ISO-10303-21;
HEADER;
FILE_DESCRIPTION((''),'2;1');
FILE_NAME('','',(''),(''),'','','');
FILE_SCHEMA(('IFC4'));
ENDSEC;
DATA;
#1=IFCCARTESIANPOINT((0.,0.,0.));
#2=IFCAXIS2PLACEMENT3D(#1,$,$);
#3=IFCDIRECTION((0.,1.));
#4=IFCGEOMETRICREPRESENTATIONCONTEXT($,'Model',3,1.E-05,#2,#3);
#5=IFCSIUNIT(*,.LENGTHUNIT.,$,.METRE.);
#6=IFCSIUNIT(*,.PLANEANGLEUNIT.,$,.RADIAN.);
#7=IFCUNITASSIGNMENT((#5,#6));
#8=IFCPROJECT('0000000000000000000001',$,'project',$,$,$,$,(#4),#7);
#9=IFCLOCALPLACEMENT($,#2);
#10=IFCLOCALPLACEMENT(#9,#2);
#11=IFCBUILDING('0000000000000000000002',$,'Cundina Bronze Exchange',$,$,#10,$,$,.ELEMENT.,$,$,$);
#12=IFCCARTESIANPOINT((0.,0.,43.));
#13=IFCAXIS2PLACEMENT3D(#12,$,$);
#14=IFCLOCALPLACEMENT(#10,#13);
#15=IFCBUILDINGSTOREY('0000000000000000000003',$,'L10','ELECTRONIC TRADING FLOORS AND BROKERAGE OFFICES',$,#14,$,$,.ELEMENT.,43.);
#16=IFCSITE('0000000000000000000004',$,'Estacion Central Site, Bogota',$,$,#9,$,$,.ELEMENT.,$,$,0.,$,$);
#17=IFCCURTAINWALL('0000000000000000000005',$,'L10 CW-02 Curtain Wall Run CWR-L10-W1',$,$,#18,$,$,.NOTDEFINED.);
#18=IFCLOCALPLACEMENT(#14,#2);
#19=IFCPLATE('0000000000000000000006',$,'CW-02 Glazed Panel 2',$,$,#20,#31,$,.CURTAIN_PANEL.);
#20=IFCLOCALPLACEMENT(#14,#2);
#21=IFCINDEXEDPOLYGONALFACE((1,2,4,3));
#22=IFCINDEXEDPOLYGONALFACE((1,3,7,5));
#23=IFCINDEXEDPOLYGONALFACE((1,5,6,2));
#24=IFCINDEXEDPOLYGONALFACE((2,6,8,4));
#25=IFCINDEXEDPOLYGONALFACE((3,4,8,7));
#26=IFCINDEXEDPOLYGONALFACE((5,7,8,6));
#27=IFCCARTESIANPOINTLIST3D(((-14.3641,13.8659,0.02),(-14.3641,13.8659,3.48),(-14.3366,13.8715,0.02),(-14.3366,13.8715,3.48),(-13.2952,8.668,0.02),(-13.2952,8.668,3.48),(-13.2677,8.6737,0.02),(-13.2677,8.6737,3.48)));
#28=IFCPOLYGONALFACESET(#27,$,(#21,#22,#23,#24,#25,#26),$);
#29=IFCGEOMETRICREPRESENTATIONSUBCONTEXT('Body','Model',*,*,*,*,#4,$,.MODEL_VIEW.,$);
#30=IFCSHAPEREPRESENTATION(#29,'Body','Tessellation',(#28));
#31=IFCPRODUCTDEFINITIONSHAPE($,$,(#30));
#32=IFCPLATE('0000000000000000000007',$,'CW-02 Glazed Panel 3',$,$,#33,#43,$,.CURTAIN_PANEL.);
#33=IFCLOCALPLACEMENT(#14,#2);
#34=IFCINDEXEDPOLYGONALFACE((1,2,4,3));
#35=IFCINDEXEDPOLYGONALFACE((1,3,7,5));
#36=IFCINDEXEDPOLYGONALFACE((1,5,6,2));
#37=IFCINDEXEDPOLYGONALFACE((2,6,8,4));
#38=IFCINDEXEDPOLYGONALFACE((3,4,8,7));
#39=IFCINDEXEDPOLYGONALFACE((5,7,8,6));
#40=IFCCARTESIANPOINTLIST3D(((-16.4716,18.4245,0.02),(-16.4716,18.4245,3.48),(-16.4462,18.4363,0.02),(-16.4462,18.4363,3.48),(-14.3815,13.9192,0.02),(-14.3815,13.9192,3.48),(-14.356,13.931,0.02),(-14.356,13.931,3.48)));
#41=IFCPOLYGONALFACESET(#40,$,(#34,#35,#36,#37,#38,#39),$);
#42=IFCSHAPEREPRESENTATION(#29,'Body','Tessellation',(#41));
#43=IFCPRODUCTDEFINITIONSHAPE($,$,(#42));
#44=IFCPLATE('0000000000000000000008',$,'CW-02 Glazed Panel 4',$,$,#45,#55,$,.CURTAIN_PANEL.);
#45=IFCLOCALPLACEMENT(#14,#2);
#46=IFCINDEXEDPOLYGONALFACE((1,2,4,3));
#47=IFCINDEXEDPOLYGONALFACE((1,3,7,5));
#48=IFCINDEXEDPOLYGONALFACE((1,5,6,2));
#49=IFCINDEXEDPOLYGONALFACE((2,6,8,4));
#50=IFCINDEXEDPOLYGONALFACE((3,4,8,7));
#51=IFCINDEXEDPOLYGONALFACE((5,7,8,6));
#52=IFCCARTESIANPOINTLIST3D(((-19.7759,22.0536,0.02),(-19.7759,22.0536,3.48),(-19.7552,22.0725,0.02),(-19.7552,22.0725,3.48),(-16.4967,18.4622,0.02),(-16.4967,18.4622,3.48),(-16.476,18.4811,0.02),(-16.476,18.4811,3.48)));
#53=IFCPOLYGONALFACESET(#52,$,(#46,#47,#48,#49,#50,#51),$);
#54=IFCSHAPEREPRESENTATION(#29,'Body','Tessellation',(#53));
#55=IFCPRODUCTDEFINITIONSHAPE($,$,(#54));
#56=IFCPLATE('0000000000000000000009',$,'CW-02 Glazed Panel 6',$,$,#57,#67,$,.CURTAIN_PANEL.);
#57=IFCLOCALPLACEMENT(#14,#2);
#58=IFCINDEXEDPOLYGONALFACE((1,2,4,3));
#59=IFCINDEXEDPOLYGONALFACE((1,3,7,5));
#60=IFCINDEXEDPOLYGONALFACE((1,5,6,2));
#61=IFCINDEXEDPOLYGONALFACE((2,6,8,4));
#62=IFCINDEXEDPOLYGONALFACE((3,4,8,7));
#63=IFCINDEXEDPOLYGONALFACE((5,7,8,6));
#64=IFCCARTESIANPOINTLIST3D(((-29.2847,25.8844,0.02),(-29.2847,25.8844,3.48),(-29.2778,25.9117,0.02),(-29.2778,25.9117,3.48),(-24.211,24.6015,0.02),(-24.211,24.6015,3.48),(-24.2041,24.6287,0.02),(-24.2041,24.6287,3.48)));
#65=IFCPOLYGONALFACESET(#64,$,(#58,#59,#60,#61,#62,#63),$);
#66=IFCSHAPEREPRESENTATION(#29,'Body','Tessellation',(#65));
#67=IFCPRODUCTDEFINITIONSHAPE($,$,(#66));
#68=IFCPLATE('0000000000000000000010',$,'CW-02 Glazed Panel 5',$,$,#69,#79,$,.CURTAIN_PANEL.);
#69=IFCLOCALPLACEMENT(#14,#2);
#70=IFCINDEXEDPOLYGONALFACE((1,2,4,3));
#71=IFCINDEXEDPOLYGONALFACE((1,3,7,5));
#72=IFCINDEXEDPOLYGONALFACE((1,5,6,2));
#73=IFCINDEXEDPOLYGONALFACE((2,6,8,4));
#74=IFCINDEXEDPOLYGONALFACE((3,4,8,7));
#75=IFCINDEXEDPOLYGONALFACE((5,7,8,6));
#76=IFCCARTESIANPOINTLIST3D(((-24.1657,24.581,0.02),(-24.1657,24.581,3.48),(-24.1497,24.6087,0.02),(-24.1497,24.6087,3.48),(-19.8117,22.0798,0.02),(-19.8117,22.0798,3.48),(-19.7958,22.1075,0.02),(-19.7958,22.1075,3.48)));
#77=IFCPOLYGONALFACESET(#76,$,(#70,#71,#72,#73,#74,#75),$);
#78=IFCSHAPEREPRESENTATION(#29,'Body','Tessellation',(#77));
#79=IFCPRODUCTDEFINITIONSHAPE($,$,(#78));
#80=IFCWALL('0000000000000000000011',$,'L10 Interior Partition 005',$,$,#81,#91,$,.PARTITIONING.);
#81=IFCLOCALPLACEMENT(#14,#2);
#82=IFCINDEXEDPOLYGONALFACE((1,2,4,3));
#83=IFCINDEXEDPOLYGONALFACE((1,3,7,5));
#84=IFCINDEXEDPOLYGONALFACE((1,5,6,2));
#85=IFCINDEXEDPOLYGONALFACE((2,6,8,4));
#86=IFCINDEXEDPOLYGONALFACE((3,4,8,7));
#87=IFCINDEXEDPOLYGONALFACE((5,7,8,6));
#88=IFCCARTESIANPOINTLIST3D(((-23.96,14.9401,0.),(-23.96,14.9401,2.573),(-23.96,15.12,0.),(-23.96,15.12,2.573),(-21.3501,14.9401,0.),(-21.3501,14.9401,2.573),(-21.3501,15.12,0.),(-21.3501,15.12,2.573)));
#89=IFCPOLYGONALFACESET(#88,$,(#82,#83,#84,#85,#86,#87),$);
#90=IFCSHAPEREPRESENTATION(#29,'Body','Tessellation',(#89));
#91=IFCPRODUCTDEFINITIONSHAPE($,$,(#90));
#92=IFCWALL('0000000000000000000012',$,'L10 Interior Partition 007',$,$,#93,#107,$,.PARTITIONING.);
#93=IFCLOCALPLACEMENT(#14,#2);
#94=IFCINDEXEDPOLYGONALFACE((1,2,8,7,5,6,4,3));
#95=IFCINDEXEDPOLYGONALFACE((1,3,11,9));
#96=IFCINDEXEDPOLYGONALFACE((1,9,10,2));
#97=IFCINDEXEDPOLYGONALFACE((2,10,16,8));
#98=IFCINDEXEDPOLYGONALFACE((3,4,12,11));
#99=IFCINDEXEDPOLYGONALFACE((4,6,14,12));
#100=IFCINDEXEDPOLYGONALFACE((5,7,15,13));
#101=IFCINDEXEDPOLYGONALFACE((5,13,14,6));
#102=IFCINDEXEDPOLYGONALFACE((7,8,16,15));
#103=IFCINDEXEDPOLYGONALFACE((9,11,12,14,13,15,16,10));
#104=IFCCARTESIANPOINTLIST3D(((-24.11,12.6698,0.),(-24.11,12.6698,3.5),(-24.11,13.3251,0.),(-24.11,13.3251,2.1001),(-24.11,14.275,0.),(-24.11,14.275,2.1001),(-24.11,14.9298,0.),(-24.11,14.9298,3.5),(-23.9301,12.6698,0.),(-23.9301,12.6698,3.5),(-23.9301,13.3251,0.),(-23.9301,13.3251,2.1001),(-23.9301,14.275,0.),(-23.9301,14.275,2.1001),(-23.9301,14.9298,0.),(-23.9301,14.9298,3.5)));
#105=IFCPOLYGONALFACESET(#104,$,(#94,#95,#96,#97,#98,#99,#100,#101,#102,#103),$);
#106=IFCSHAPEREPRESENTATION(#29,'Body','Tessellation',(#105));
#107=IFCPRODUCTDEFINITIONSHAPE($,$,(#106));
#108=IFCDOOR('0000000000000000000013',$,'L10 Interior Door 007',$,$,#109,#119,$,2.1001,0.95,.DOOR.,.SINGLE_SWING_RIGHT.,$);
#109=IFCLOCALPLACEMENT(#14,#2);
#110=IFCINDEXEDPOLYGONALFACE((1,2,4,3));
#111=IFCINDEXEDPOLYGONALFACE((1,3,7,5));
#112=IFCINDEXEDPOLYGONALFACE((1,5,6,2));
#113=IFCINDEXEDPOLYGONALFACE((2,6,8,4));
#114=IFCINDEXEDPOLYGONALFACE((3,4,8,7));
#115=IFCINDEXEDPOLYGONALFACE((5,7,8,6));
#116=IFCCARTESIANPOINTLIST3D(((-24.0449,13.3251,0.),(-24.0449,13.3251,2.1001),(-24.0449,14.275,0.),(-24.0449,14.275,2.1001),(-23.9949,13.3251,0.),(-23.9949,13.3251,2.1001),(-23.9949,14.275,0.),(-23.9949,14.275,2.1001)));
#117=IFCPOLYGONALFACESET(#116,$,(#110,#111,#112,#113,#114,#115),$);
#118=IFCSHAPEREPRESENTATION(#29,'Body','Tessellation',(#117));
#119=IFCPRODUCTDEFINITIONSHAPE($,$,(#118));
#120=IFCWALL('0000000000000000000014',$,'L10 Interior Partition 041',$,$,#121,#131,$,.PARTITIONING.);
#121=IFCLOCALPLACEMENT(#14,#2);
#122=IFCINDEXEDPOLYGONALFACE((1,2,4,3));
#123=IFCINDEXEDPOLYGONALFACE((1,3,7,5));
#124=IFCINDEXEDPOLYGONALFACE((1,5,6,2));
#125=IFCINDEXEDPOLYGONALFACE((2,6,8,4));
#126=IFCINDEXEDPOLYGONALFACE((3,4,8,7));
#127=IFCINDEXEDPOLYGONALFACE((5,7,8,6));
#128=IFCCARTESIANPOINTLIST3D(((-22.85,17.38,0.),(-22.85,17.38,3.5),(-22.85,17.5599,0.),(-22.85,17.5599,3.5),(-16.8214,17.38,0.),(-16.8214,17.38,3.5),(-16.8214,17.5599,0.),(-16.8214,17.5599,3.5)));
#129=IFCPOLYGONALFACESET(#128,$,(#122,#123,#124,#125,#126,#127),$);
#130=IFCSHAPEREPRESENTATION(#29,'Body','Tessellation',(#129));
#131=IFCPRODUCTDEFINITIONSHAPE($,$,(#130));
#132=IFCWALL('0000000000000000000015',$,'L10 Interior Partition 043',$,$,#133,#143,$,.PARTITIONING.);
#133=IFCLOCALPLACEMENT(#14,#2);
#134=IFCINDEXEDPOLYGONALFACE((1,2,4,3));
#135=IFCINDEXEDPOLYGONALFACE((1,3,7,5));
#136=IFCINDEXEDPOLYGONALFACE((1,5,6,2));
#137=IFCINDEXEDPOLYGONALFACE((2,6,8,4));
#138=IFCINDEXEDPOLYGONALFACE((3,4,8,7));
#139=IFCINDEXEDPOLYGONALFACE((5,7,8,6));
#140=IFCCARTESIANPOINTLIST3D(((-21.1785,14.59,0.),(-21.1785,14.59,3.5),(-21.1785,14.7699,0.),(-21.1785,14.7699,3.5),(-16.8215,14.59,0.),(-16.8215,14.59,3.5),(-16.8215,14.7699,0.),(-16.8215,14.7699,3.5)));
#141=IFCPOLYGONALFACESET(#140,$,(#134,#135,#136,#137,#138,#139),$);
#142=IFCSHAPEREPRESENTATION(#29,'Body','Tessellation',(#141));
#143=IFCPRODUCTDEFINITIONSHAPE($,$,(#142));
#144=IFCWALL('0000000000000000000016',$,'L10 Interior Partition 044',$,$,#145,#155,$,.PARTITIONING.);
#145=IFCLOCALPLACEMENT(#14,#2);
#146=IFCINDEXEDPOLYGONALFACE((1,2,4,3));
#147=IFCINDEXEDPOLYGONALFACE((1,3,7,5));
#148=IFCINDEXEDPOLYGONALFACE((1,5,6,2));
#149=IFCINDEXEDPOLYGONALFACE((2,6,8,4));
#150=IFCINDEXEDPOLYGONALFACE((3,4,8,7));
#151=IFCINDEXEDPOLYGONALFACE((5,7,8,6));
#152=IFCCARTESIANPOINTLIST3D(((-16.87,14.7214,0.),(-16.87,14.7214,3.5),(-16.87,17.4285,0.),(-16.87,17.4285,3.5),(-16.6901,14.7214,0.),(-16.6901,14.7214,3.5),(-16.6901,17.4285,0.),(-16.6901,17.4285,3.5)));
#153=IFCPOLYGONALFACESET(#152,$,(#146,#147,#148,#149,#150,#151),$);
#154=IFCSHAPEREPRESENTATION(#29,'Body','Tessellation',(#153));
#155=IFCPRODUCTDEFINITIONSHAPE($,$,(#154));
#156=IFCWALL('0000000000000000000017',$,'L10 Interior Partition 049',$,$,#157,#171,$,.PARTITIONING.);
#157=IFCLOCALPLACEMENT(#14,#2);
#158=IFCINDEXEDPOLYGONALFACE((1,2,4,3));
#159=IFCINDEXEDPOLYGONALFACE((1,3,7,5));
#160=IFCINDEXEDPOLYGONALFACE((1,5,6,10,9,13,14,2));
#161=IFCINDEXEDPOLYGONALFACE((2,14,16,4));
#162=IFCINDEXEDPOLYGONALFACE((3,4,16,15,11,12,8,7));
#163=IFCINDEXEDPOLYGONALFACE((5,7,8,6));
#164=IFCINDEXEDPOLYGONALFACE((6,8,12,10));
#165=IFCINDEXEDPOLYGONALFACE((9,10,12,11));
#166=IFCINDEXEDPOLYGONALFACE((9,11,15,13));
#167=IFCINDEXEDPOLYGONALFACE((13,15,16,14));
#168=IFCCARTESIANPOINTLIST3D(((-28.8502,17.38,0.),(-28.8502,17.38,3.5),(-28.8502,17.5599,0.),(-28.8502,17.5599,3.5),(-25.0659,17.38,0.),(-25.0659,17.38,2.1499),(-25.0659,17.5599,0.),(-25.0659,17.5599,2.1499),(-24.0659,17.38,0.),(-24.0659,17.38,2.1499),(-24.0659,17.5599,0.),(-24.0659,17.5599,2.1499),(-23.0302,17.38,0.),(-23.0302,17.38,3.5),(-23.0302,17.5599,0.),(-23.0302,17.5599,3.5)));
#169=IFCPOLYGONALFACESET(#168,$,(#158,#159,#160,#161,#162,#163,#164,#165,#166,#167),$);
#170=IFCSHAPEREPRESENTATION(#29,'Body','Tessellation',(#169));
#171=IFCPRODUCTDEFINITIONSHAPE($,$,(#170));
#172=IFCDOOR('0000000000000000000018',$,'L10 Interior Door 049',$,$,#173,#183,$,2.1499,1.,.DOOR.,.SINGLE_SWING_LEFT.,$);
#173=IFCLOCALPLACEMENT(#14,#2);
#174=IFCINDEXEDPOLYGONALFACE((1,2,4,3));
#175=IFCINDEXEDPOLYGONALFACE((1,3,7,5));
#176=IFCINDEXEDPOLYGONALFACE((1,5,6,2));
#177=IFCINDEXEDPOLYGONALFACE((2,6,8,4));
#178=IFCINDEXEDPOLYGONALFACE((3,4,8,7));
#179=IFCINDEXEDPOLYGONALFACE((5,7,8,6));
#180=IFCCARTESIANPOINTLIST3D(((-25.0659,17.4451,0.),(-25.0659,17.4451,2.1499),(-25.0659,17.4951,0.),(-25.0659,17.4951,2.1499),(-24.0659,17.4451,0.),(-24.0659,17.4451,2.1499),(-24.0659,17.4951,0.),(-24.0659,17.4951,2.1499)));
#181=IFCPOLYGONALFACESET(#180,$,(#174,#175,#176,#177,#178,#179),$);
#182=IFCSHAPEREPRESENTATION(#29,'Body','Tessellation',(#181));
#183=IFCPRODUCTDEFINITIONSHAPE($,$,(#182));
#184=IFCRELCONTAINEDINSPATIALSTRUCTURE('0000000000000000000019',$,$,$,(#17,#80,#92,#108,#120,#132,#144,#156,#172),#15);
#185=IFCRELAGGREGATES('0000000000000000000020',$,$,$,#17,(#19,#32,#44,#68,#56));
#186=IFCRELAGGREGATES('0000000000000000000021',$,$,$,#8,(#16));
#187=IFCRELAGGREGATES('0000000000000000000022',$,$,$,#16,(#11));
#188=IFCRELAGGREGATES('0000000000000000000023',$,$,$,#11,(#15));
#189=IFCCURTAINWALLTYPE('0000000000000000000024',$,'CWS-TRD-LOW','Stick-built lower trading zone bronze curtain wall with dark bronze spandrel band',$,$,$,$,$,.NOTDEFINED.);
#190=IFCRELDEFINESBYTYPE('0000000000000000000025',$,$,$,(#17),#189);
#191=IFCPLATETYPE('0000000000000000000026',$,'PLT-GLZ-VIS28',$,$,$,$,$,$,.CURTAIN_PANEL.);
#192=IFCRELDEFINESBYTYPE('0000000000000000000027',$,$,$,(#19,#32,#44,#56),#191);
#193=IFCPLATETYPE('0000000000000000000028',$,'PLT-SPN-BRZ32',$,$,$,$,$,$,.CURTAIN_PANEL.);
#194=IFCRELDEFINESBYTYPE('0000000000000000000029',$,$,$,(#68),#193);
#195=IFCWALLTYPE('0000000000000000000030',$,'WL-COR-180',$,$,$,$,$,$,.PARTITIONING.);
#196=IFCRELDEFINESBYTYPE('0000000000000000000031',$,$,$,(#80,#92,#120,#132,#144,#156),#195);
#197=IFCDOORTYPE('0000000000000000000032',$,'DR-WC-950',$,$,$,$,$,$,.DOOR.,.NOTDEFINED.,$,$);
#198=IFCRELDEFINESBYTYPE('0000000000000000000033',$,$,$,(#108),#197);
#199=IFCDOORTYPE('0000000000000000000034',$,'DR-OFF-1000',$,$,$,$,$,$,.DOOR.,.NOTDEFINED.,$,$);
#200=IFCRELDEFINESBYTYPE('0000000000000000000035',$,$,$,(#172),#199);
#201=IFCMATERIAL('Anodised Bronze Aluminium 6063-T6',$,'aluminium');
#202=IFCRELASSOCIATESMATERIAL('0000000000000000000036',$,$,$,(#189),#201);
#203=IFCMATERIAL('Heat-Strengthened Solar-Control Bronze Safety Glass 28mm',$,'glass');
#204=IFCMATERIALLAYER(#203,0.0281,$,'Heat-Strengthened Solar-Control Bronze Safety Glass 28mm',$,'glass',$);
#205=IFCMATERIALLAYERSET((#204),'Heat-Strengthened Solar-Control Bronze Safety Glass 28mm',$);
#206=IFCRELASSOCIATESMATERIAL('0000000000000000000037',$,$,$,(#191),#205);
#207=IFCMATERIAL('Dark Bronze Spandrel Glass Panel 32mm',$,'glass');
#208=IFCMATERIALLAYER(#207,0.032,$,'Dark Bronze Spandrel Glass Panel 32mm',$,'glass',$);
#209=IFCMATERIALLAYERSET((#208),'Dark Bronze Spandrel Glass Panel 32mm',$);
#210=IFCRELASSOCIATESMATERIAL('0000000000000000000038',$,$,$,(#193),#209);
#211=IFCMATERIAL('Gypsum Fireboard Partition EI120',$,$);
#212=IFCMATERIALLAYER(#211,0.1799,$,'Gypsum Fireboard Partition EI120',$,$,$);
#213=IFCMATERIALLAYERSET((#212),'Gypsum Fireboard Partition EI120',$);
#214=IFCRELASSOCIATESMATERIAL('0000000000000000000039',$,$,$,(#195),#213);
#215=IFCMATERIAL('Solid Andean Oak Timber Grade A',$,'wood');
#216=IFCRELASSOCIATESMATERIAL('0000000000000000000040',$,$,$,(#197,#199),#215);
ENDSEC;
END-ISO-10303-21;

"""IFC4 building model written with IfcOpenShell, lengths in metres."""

from ifc_helpers import new_model, si_unit, direction, frame, frame_2d, origin, origin_2d, place, context, subcontext, project, spatial, rectangle, extrude, material, layer, layer_set, type_object, element, fill, aggregate, save


model = new_model("IFC4")

# Units and contexts
model_context = context("Model", 3, precision=1e-05, world=origin(), true_north=direction((0.0, 1.0)))
body_context = subcontext(model_context, "Body", "Model", "MODEL_VIEW")
ifc_project = project(units=[si_unit("LENGTHUNIT", "METRE"), si_unit("PLANEANGLEUNIT", "RADIAN")], contexts=[model_context])

# Site, building, storey
site_placement = place(None, origin())
site = spatial("IfcSite", under=ifc_project, at=site_placement, Name="Estacion Central Site, Bogota", CompositionType="ELEMENT", RefElevation=0.0)
building_placement = place(site_placement, origin())
building = spatial("IfcBuilding", under=site, at=building_placement, Name="Cundina Bronze Exchange", CompositionType="ELEMENT")
storey_placement = place(building_placement, frame((0.0, 0.0, 43.0)))
storey = spatial("IfcBuildingStorey", under=building, at=storey_placement, Name="L10", Description="ELECTRONIC TRADING FLOORS AND BROKERAGE OFFICES", CompositionType="ELEMENT", Elevation=43.0)

# Curtain wall, plates
ifc_material_1 = material(Name="Anodised Bronze Aluminium 6063-T6", Category="aluminium")
curtain_wall_type = type_object("IfcCurtainWallType", Name="CWS-TRD-LOW", Description="Stick-built lower trading zone bronze curtain wall with dark bronze spandrel band", PredefinedType="NOTDEFINED", material=ifc_material_1)
curtain_wall_placement = place(storey_placement, origin())
curtain_wall = element("IfcCurtainWall", 1, at=curtain_wall_placement, inside=storey, type_object=curtain_wall_type, Name="L10 CW-02 Curtain Wall Run CWR-L10-W1", PredefinedType="NOTDEFINED")
ifc_material_2 = material(Name="Heat-Strengthened Solar-Control Bronze Safety Glass 28mm", Category="glass")
ifc_layer_1 = layer(ifc_material_2, 0.0281, Name="Heat-Strengthened Solar-Control Bronze Safety Glass 28mm", Category="glass")
ifc_layer_set_1 = layer_set([ifc_layer_1], Name="Heat-Strengthened Solar-Control Bronze Safety Glass 28mm")
plate_type_1 = type_object("IfcPlateType", Name="PLT-GLZ-VIS28", PredefinedType="CURTAIN_PANEL", material=ifc_layer_set_1)
plate_1_placement = place(storey_placement, frame((-13.8159, 11.2698, 0.02), z_axis=(0.0, 0.0, 1.0), x_axis=(-0.20142, 0.979505, 0.0)))
plate_1 = element("IfcPlate", 2, at=plate_1_placement, type_object=plate_type_1, Name="CW-02 Glazed Panel 2", PredefinedType="CURTAIN_PANEL", context=body_context, shape_type="SweptSolid", body=[
    extrude(rectangle(XDim=5.3066, YDim=0.0281, at=origin_2d()), origin(), (0.0, 0.0, 1.0), 3.46),
])
plate_2_placement = place(storey_placement, frame((-15.4138, 16.1777, 0.02), z_axis=(0.0, 0.0, 1.0), x_axis=(-0.420846, 0.907132, 0.0)))
plate_2 = element("IfcPlate", 3, at=plate_2_placement, type_object=plate_type_1, Name="CW-02 Glazed Panel 3", PredefinedType="CURTAIN_PANEL", context=body_context, shape_type="SweptSolid", body=[
    extrude(rectangle(XDim=4.9666, YDim=0.0281, at=origin_2d()), origin(), (0.0, 0.0, 1.0), 3.46),
])
plate_3_placement = place(storey_placement, frame((-18.126, 20.2673, 0.02), z_axis=(0.0, 0.0, 1.0), x_axis=(-0.674277, 0.738479, 0.0)))
plate_3 = element("IfcPlate", 4, at=plate_3_placement, type_object=plate_type_1, Name="CW-02 Glazed Panel 4", PredefinedType="CURTAIN_PANEL", context=body_context, shape_type="SweptSolid", body=[
    extrude(rectangle(XDim=4.8633, YDim=0.0281, at=origin_2d()), origin(), (0.0, 0.0, 1.0), 3.46),
])
plate_4_placement = place(storey_placement, frame((-26.7444, 25.2566, 0.02), z_axis=(0.0, 0.0, 1.0), x_axis=(-0.969488, 0.245138, 0.0)))
plate_4 = element("IfcPlate", 5, at=plate_4_placement, type_object=plate_type_1, Name="CW-02 Glazed Panel 6", PredefinedType="CURTAIN_PANEL", context=body_context, shape_type="SweptSolid", body=[
    extrude(rectangle(XDim=5.2334, YDim=0.0281, at=origin_2d()), origin(), (0.0, 0.0, 1.0), 3.46),
])
ifc_material_3 = material(Name="Dark Bronze Spandrel Glass Panel 32mm", Category="glass")
ifc_layer_2 = layer(ifc_material_3, 0.032, Name="Dark Bronze Spandrel Glass Panel 32mm", Category="glass")
ifc_layer_set_2 = layer_set([ifc_layer_2], Name="Dark Bronze Spandrel Glass Panel 32mm")
plate_type_2 = type_object("IfcPlateType", Name="PLT-SPN-BRZ32", PredefinedType="CURTAIN_PANEL", material=ifc_layer_set_2)
plate_5_placement = place(storey_placement, frame((-21.9807, 23.3442, 0.02), z_axis=(0.0, 0.0, 1.0), x_axis=(-0.867105, 0.498125, 0.0)))
plate_5 = element("IfcPlate", 6, at=plate_5_placement, type_object=plate_type_2, Name="CW-02 Glazed Panel 5", PredefinedType="CURTAIN_PANEL", context=body_context, shape_type="SweptSolid", body=[
    extrude(rectangle(XDim=5.0212, YDim=0.032, at=origin_2d()), origin(), (0.0, 0.0, 1.0), 3.46),
])
aggregate(curtain_wall, [plate_1, plate_2, plate_3, plate_5, plate_4])

# Wall
ifc_material_4 = material(Name="Gypsum Fireboard Partition EI120")
ifc_layer_3 = layer(ifc_material_4, 0.1799, Name="Gypsum Fireboard Partition EI120")
ifc_layer_set_3 = layer_set([ifc_layer_3], Name="Gypsum Fireboard Partition EI120")
wall_type_1 = type_object("IfcWallType", Name="WL-COR-180", PredefinedType="PARTITIONING", material=ifc_layer_set_3)
wall_1_placement = place(storey_placement, frame((-23.96, 15.03, 0.0), z_axis=(0.0, 0.0, 1.0), x_axis=(1.0, 0.0, 0.0)))
element("IfcWall", 7, at=wall_1_placement, inside=storey, type_object=wall_type_1, Name="L10 Interior Partition 005", PredefinedType="PARTITIONING", context=body_context, shape_type="SweptSolid", body=[
    extrude(rectangle(XDim=2.6099, YDim=0.1799, at=frame_2d((1.3049, 0.0))), origin(), (0.0, 0.0, 1.0), 2.573),
])

# Wall, opening, door
wall_2_placement = place(storey_placement, frame((-24.02, 12.6699, 0.0), z_axis=(0.0, 0.0, 1.0), x_axis=(0.0, 1.0, 0.0)))
wall_2 = element("IfcWall", 8, at=wall_2_placement, inside=storey, type_object=wall_type_1, Name="L10 Interior Partition 007", PredefinedType="PARTITIONING", context=body_context, shape_type="SweptSolid", body=[
    extrude(rectangle(XDim=2.26, YDim=0.1799, at=frame_2d((1.1299, 0.0))), origin(), (0.0, 0.0, 1.0), 3.5),
])
opening_1_placement = place(wall_2_placement, frame((0.655, 0.0, 0.0)))
opening_1 = element("IfcOpeningElement", 9, at=opening_1_placement, cuts=wall_2, PredefinedType="OPENING", context=body_context, shape_type="SweptSolid", body=[
    extrude(rectangle(XDim=0.95, YDim=2.1001, at=frame_2d((0.4751, 1.05))), frame((0.0, 0.0999, 0.0), z_axis=(0.0, -1.0, 0.0), x_axis=(1.0, 0.0, 0.0)), (0.0, 0.0, 1.0), 0.2),
])
ifc_material_5 = material(Name="Solid Andean Oak Timber Grade A", Category="wood")
door_type_1 = type_object("IfcDoorType", Name="DR-WC-950", OperationType="NOTDEFINED", PredefinedType="DOOR", material=ifc_material_5)
door_1_placement = place(opening_1_placement, origin())
door_1 = element("IfcDoor", 10, at=door_1_placement, inside=storey, type_object=door_type_1, Name="L10 Interior Door 007", OperationType="SINGLE_SWING_RIGHT", OverallHeight=2.1001, OverallWidth=0.95, PredefinedType="DOOR", context=body_context, shape_type="SweptSolid", body=[
    extrude(rectangle(XDim=0.95, YDim=2.1001, at=frame_2d((0.4751, 1.05))), frame((0.0, 0.0249, 0.0), z_axis=(0.0, -1.0, 0.0), x_axis=(1.0, 0.0, 0.0)), (0.0, 0.0, 1.0), 0.05),
])
fill(opening_1, door_1)

# Walls
wall_3_placement = place(storey_placement, frame((-16.8215, 17.47, 0.0), z_axis=(0.0, 0.0, 1.0), x_axis=(-1.0, 0.0, 0.0)))
element("IfcWall", 11, at=wall_3_placement, inside=storey, type_object=wall_type_1, Name="L10 Interior Partition 041", PredefinedType="PARTITIONING", context=body_context, shape_type="SweptSolid", body=[
    extrude(rectangle(XDim=6.0286, YDim=0.1799, at=frame_2d((3.0142, 0.0))), origin(), (0.0, 0.0, 1.0), 3.5),
])
wall_4_placement = place(storey_placement, frame((-21.1785, 14.6799, 0.0), z_axis=(0.0, 0.0, 1.0), x_axis=(1.0, 0.0, 0.0)))
element("IfcWall", 12, at=wall_4_placement, inside=storey, type_object=wall_type_1, Name="L10 Interior Partition 043", PredefinedType="PARTITIONING", context=body_context, shape_type="SweptSolid", body=[
    extrude(rectangle(XDim=4.3569, YDim=0.1799, at=frame_2d((2.1785, 0.0))), origin(), (0.0, 0.0, 1.0), 3.5),
])
wall_5_placement = place(storey_placement, frame((-16.78, 14.7214, 0.0), z_axis=(0.0, 0.0, 1.0), x_axis=(0.0, 1.0, 0.0)))
element("IfcWall", 13, at=wall_5_placement, inside=storey, type_object=wall_type_1, Name="L10 Interior Partition 044", PredefinedType="PARTITIONING", context=body_context, shape_type="SweptSolid", body=[
    extrude(rectangle(XDim=2.707, YDim=0.1799, at=frame_2d((1.3535, 0.0))), origin(), (0.0, 0.0, 1.0), 3.5),
])

# Wall, opening, door
wall_6_placement = place(storey_placement, frame((-23.03, 17.47, 0.0), z_axis=(0.0, 0.0, 1.0), x_axis=(-1.0, 0.0, 0.0)))
wall_6 = element("IfcWall", 14, at=wall_6_placement, inside=storey, type_object=wall_type_1, Name="L10 Interior Partition 049", PredefinedType="PARTITIONING", context=body_context, shape_type="SweptSolid", body=[
    extrude(rectangle(XDim=5.8201, YDim=0.1799, at=frame_2d((2.9102, 0.0))), origin(), (0.0, 0.0, 1.0), 3.5),
])
opening_2_placement = place(wall_6_placement, frame((1.0359, 0.0, 0.0)))
opening_2 = element("IfcOpeningElement", 15, at=opening_2_placement, cuts=wall_6, PredefinedType="OPENING", context=body_context, shape_type="SweptSolid", body=[
    extrude(rectangle(XDim=1.0, YDim=2.1499, at=frame_2d((0.5, 1.075))), frame((0.0, 0.0999, 0.0), z_axis=(0.0, -1.0, 0.0), x_axis=(1.0, 0.0, 0.0)), (0.0, 0.0, 1.0), 0.2),
])
door_type_2 = type_object("IfcDoorType", Name="DR-OFF-1000", OperationType="NOTDEFINED", PredefinedType="DOOR", material=ifc_material_5)
door_2_placement = place(opening_2_placement, origin())
door_2 = element("IfcDoor", 16, at=door_2_placement, inside=storey, type_object=door_type_2, Name="L10 Interior Door 049", OperationType="SINGLE_SWING_LEFT", OverallHeight=2.1499, OverallWidth=1.0, PredefinedType="DOOR", context=body_context, shape_type="SweptSolid", body=[
    extrude(rectangle(XDim=1.0, YDim=2.1499, at=frame_2d((0.5, 1.075))), frame((0.0, 0.0249, 0.0), z_axis=(0.0, -1.0, 0.0), x_axis=(1.0, 0.0, 0.0)), (0.0, 0.0, 1.0), 0.05),
])
fill(opening_2, door_2)

save(model, "model.ifc")
